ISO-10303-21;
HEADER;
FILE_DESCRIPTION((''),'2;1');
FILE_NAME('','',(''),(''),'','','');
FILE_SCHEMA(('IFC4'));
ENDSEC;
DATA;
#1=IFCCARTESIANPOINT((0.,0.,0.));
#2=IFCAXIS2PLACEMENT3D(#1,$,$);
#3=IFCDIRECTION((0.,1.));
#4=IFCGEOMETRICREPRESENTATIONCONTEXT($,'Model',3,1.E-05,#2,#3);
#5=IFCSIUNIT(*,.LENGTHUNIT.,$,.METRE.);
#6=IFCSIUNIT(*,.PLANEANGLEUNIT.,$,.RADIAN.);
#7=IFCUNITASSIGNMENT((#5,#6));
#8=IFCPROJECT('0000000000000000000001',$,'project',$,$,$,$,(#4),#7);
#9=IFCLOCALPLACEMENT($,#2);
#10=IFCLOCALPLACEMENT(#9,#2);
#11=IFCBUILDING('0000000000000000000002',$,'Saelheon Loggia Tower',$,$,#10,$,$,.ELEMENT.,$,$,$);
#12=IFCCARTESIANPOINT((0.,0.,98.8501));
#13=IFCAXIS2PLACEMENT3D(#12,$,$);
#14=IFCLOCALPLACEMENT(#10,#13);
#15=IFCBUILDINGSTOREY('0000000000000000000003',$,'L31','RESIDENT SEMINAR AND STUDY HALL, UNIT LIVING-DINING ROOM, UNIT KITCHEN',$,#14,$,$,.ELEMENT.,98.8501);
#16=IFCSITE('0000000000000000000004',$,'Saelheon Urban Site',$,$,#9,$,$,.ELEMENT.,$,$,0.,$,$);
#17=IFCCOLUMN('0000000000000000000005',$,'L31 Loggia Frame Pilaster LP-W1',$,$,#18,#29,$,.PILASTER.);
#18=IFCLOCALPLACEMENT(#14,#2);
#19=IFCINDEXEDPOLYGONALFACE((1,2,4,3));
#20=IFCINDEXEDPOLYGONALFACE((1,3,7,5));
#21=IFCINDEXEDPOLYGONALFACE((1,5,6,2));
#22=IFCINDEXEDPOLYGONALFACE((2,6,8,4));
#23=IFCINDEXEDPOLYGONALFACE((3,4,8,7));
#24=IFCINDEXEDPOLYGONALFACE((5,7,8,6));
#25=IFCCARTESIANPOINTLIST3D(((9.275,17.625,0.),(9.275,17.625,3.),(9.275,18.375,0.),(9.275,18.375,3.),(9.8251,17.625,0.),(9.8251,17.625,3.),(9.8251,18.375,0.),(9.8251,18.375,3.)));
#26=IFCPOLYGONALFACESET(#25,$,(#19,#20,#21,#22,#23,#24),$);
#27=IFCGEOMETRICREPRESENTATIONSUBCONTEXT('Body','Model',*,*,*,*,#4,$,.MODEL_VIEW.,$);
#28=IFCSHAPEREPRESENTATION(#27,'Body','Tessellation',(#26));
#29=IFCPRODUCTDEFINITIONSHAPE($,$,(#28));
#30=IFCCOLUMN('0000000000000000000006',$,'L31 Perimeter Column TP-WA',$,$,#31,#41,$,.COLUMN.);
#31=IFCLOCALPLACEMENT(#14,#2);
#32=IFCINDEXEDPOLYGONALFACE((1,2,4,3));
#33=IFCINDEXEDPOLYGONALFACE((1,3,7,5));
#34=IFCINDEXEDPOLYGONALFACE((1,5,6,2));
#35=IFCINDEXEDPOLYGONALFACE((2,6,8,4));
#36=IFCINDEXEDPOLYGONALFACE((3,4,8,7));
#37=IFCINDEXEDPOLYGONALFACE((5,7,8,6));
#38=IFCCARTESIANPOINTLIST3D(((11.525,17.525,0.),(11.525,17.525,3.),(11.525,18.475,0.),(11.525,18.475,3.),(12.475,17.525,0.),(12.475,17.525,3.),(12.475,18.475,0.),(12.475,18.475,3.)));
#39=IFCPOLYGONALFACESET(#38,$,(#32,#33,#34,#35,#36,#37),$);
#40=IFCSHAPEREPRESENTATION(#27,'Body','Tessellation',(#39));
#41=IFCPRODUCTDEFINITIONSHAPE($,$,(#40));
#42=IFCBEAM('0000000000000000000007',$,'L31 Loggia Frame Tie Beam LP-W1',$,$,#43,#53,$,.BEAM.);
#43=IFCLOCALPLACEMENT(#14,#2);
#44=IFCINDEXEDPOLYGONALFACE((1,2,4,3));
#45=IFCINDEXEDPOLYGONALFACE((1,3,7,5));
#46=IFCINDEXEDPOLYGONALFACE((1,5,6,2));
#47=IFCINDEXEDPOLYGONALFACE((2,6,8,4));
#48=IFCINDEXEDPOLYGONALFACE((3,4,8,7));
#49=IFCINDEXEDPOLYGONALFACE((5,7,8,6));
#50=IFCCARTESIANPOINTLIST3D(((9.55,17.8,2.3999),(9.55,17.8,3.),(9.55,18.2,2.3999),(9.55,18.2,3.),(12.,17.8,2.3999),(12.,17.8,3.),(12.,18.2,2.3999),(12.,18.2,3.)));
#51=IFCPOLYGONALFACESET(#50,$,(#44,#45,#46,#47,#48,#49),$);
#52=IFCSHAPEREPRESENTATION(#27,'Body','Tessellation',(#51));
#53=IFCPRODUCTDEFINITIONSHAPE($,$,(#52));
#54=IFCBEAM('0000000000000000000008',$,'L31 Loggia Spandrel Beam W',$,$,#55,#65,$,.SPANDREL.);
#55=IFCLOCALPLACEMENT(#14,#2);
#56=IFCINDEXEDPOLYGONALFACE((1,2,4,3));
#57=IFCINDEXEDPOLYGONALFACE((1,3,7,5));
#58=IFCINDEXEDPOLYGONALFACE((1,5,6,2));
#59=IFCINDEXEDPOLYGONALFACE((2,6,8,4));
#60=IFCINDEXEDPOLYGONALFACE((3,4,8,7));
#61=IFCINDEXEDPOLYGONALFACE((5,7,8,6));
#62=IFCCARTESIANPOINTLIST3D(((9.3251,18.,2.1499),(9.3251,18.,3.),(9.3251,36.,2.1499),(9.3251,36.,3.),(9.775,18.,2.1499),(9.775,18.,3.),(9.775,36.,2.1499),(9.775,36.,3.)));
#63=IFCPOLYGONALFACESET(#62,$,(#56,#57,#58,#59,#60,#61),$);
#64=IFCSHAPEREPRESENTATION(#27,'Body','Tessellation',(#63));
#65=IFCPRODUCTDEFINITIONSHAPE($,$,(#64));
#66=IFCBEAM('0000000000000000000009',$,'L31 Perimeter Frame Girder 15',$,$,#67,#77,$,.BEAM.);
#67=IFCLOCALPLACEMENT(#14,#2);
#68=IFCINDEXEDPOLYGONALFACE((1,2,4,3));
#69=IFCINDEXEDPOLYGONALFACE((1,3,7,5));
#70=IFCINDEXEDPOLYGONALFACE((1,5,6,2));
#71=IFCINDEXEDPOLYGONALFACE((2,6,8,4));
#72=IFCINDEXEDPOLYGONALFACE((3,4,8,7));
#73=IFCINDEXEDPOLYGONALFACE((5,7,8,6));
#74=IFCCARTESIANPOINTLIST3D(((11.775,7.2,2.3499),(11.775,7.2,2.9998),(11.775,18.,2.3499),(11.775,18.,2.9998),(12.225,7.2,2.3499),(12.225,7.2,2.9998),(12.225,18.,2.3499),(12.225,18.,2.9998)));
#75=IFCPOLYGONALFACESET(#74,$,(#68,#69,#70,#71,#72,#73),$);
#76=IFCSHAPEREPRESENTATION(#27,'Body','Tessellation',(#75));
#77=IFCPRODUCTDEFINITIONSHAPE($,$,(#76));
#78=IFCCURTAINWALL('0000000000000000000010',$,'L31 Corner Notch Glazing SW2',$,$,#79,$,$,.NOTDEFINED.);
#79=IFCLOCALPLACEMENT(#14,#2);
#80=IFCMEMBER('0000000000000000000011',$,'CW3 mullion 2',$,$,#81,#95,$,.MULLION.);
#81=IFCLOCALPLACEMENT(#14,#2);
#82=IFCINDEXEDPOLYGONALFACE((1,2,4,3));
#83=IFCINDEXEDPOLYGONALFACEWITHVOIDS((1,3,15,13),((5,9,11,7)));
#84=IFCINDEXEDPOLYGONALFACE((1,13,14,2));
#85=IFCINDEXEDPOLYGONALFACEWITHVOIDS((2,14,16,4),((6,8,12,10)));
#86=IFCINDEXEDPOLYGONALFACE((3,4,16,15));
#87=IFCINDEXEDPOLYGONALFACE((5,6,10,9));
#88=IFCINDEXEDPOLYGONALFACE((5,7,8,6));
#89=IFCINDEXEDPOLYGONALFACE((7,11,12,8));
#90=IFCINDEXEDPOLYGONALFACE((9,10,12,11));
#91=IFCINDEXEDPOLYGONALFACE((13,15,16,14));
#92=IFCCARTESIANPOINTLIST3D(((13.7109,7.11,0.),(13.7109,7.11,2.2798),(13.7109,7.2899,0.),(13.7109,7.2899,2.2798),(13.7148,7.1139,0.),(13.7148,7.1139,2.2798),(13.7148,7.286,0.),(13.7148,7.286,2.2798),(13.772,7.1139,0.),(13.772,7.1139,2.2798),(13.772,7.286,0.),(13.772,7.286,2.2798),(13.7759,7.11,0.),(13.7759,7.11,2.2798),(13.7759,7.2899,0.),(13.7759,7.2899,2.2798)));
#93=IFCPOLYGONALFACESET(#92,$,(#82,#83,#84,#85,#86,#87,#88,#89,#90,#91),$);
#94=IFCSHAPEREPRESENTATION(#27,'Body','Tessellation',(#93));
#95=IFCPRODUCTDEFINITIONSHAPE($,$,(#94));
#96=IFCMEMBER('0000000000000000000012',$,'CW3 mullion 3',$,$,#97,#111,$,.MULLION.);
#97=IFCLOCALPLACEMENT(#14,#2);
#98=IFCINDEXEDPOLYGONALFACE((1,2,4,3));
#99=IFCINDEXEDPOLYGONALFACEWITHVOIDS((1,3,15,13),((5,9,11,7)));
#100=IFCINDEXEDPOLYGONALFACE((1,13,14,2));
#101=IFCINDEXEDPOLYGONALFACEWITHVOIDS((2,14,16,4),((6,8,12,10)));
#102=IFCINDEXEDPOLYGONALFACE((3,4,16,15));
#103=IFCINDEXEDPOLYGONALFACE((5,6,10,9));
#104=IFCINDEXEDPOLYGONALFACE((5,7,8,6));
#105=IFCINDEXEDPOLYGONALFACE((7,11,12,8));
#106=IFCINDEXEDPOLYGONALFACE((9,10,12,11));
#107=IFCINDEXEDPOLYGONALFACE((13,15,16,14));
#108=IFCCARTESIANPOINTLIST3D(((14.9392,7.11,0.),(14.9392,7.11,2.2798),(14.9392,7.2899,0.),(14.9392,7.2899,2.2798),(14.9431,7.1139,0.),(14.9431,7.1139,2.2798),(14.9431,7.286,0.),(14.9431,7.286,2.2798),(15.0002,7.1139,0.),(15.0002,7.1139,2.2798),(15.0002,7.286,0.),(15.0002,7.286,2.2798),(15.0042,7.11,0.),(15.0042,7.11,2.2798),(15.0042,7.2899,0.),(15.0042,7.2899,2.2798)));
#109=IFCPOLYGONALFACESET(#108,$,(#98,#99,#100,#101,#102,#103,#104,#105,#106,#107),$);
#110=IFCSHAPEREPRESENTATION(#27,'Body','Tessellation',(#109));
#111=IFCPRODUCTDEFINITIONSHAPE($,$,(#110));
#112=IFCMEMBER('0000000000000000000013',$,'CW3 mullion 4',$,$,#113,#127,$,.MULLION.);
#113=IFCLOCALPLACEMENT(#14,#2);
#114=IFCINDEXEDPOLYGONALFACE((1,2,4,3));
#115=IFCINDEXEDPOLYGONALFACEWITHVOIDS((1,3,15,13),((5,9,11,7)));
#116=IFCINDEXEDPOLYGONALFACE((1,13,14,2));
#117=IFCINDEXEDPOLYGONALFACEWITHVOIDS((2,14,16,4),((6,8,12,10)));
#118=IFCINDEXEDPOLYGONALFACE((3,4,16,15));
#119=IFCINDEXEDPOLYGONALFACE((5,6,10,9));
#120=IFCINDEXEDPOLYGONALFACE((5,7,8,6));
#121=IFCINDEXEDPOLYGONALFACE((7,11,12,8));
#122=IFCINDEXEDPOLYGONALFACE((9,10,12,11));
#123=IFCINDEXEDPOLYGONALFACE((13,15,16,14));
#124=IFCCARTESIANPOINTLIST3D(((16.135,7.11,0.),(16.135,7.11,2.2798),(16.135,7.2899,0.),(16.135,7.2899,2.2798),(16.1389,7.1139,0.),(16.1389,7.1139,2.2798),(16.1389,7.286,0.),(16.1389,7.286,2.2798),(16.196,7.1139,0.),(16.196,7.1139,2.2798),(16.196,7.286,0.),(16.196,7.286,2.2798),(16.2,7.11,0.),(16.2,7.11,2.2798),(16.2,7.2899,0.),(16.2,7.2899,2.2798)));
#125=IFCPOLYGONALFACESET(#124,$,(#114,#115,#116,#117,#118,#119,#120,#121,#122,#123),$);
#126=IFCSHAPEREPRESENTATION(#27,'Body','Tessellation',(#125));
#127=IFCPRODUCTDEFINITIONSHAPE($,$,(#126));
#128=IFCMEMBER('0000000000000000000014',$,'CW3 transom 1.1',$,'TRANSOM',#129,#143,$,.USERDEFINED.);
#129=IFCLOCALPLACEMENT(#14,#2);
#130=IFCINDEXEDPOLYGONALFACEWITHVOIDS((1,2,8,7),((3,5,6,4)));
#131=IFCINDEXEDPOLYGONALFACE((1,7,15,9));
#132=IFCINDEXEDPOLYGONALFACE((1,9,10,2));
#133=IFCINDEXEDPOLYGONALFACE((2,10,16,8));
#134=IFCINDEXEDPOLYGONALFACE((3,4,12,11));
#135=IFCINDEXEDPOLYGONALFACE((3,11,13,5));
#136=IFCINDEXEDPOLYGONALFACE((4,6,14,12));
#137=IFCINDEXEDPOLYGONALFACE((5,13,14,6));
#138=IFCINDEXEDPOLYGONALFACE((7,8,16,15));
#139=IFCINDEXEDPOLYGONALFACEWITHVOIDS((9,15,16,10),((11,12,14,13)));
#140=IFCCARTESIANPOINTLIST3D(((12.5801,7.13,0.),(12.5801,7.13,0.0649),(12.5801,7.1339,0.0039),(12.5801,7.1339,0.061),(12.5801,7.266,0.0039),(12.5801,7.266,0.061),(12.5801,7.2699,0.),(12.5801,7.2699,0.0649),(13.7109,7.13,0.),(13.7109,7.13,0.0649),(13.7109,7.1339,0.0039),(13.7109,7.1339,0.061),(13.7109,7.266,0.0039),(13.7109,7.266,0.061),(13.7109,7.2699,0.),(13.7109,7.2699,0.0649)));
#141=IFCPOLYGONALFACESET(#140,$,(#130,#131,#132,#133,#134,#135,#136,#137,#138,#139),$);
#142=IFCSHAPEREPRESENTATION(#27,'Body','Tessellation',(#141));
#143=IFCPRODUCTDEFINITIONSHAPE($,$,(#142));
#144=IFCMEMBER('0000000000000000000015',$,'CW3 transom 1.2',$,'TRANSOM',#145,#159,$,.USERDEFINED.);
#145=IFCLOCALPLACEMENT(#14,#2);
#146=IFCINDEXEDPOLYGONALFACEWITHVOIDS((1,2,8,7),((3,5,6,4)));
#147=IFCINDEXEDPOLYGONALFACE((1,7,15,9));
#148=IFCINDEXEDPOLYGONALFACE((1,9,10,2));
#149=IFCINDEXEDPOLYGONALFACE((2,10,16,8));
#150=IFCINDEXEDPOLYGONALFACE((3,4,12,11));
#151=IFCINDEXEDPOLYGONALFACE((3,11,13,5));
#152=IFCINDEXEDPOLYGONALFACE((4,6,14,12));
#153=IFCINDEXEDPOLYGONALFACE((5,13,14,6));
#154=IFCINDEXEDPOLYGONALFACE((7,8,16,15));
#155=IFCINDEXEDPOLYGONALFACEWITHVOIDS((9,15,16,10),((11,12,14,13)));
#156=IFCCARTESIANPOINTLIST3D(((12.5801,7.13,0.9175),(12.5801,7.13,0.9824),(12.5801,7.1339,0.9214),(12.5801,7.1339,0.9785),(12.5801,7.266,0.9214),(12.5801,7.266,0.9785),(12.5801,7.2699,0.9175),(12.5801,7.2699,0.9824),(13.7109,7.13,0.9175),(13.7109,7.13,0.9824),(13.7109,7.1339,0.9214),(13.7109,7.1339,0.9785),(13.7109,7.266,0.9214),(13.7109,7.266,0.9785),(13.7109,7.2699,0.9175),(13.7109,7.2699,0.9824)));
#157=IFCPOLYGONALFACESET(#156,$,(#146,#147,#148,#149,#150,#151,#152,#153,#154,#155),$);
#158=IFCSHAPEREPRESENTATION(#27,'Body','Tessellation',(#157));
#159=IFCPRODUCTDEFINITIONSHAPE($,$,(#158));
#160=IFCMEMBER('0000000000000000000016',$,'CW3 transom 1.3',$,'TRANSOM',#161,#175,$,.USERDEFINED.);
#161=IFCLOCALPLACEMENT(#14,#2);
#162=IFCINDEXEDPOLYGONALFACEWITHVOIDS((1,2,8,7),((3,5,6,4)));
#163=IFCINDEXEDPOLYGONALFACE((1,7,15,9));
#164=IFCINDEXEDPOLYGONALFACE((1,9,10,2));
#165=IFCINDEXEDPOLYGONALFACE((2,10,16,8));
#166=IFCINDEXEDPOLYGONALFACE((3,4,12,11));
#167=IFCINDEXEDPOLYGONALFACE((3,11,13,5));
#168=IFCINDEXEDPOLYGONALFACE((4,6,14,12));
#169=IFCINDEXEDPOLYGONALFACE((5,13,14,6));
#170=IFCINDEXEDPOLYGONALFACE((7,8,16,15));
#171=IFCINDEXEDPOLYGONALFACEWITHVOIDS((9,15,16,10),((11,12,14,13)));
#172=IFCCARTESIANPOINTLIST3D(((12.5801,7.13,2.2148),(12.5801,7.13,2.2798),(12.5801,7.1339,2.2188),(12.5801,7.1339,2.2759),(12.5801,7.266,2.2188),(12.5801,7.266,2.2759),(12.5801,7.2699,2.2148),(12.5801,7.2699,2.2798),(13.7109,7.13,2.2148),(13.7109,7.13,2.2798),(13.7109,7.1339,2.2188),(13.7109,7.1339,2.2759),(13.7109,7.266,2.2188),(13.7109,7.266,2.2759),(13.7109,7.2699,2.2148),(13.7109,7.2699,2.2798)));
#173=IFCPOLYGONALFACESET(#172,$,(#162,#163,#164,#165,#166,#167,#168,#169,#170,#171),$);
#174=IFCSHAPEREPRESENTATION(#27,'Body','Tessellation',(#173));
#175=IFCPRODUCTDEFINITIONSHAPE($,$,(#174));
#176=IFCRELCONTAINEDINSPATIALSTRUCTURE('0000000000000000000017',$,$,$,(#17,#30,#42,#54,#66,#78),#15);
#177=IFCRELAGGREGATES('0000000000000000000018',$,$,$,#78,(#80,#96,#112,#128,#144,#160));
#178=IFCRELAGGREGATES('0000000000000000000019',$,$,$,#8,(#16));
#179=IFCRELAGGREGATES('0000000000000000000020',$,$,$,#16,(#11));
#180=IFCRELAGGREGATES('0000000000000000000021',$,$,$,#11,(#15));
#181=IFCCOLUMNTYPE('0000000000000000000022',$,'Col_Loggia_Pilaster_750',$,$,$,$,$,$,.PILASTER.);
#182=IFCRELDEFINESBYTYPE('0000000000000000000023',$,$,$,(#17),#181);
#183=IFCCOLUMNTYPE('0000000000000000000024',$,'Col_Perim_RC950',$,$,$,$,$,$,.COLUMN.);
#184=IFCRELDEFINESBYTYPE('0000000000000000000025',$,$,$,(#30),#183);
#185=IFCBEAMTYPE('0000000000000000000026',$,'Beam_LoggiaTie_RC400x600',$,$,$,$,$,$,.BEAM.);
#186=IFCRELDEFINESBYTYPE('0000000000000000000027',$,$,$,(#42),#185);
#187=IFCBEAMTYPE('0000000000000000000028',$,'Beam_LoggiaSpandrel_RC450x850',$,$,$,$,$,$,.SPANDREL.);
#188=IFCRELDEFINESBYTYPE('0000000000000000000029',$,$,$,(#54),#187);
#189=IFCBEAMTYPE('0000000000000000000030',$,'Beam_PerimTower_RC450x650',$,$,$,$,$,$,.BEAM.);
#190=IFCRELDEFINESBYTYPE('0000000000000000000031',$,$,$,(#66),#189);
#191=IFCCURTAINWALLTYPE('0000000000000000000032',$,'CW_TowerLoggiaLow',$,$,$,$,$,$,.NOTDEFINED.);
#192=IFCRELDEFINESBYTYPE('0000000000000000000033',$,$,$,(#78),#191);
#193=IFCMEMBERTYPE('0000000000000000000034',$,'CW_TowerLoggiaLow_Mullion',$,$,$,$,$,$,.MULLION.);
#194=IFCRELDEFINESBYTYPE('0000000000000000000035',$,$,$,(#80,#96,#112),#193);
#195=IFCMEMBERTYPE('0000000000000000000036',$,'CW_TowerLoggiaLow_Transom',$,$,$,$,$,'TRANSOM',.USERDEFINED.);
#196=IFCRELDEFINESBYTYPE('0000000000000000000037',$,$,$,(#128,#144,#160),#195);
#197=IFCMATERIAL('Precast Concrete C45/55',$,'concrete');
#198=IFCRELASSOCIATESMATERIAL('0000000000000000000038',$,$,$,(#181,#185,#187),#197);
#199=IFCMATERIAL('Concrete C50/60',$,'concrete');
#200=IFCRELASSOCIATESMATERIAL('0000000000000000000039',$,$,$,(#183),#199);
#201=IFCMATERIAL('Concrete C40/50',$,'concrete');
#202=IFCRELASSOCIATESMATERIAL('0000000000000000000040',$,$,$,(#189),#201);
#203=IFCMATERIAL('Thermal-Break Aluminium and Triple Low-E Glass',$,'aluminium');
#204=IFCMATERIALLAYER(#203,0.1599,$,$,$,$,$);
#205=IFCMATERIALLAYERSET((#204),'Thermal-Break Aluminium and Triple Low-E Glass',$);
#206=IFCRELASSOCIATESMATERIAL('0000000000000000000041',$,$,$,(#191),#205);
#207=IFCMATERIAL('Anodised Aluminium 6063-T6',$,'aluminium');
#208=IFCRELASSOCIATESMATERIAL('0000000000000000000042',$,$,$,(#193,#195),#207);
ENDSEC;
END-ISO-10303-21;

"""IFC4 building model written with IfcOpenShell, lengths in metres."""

from ifc_helpers import new_model, si_unit, direction, frame, origin, origin_2d, place, context, subcontext, project, spatial, rectangle, hollow_rectangle, extrude, source, transform, mapped, material, layer, layer_set, material_profile, profile_set, type_object, element, aggregate, save


model = new_model("IFC4")

# Units and contexts
model_context = context("Model", 3, precision=1e-05, world=origin(), true_north=direction((0.0, 1.0)))
body_context = subcontext(model_context, "Body", "Model", "MODEL_VIEW")
ifc_project = project(units=[si_unit("LENGTHUNIT", "METRE"), si_unit("PLANEANGLEUNIT", "RADIAN")], contexts=[model_context])

# Site, building, storey
site_placement = place(None, origin())
site = spatial("IfcSite", under=ifc_project, at=site_placement, Name="Saelheon Urban Site", CompositionType="ELEMENT", RefElevation=0.0)
building_placement = place(site_placement, origin())
building = spatial("IfcBuilding", under=site, at=building_placement, Name="Saelheon Loggia Tower", CompositionType="ELEMENT")
storey_placement = place(building_placement, frame((0.0, 0.0, 98.8501)))
storey = spatial("IfcBuildingStorey", under=building, at=storey_placement, Name="L31", Description="RESIDENT SEMINAR AND STUDY HALL, UNIT LIVING-DINING ROOM, UNIT KITCHEN", CompositionType="ELEMENT", Elevation=98.8501)

# Columns
ifc_material_1 = material(Name="Precast Concrete C45/55", Category="concrete")
ifc_material_profile_1 = material_profile(ifc_material_1, rectangle(XDim=0.55, YDim=0.75, at=origin_2d()), Name="RC-550x750")
ifc_profile_set_1 = profile_set([ifc_material_profile_1], Name="Precast Concrete C45/55")
column_type_1 = type_object("IfcColumnType", Name="Col_Loggia_Pilaster_750", PredefinedType="PILASTER", material=ifc_profile_set_1)
shared_shape_1 = source(origin(), body_context, "Body", "SweptSolid", [
    extrude(rectangle(XDim=0.55, YDim=0.75, at=origin_2d()), origin(), (0.0, 0.0, 1.0), 3.0),
])
column_1_placement = place(storey_placement, frame((9.55, 18.0, 0.0), z_axis=(0.0, 0.0, 1.0), x_axis=(1.0, 0.0, 0.0)))
element("IfcColumn", 1, at=column_1_placement, inside=storey, type_object=column_type_1, Name="L31 Loggia Frame Pilaster LP-W1", PredefinedType="PILASTER", context=body_context, shape_type="MappedRepresentation", body=[
    mapped(shared_shape_1, transform((0.0, 0.0, 0.0), scale=1.0)),
])
ifc_material_2 = material(Name="Concrete C50/60", Category="concrete")
ifc_material_profile_2 = material_profile(ifc_material_2, rectangle(XDim=0.95, YDim=0.95, at=origin_2d()), Name="RC-950x950")
ifc_profile_set_2 = profile_set([ifc_material_profile_2], Name="Concrete C50/60")
column_type_2 = type_object("IfcColumnType", Name="Col_Perim_RC950", PredefinedType="COLUMN", material=ifc_profile_set_2)
shared_shape_2 = source(origin(), body_context, "Body", "SweptSolid", [
    extrude(rectangle(XDim=0.95, YDim=0.95, at=origin_2d()), origin(), (0.0, 0.0, 1.0), 3.0),
])
column_2_placement = place(storey_placement, frame((12.0, 18.0, 0.0), z_axis=(0.0, 0.0, 1.0), x_axis=(1.0, 0.0, 0.0)))
element("IfcColumn", 2, at=column_2_placement, inside=storey, type_object=column_type_2, Name="L31 Perimeter Column TP-WA", PredefinedType="COLUMN", context=body_context, shape_type="MappedRepresentation", body=[
    mapped(shared_shape_2, transform((0.0, 0.0, 0.0), scale=1.0)),
])

# Beams
ifc_material_profile_3 = material_profile(ifc_material_1, rectangle(XDim=0.3999, YDim=0.6001, at=origin_2d()), Name="RC-400x600")
ifc_profile_set_3 = profile_set([ifc_material_profile_3], Name="Precast Concrete C45/55")
beam_type_1 = type_object("IfcBeamType", Name="Beam_LoggiaTie_RC400x600", PredefinedType="BEAM", material=ifc_profile_set_3)
shared_shape_3 = source(origin(), body_context, "Body", "SweptSolid", [
    extrude(rectangle(XDim=0.3999, YDim=0.6001, at=origin_2d()), origin(), (0.0, 0.0, 1.0), 2.45),
])
beam_1_placement = place(storey_placement, frame((12.0, 18.0, 2.7), z_axis=(-1.0, 0.0, 0.0), x_axis=(0.0, -1.0, 0.0)))
element("IfcBeam", 3, at=beam_1_placement, inside=storey, type_object=beam_type_1, Name="L31 Loggia Frame Tie Beam LP-W1", PredefinedType="BEAM", context=body_context, shape_type="MappedRepresentation", body=[
    mapped(shared_shape_3, transform((0.0, 0.0, 0.0), scale=1.0)),
])
ifc_material_profile_4 = material_profile(ifc_material_1, rectangle(XDim=0.45, YDim=0.8501, at=origin_2d()), Name="RC-450x850")
ifc_profile_set_4 = profile_set([ifc_material_profile_4], Name="Precast Concrete C45/55")
beam_type_2 = type_object("IfcBeamType", Name="Beam_LoggiaSpandrel_RC450x850", PredefinedType="SPANDREL", material=ifc_profile_set_4)
shared_shape_4 = source(origin(), body_context, "Body", "SweptSolid", [
    extrude(rectangle(XDim=0.45, YDim=0.8501, at=origin_2d()), origin(), (0.0, 0.0, 1.0), 18.0),
])
beam_2_placement = place(storey_placement, frame((9.55, 18.0, 2.575), z_axis=(0.0, 1.0, 0.0), x_axis=(-1.0, 0.0, 0.0)))
element("IfcBeam", 4, at=beam_2_placement, inside=storey, type_object=beam_type_2, Name="L31 Loggia Spandrel Beam W", PredefinedType="SPANDREL", context=body_context, shape_type="MappedRepresentation", body=[
    mapped(shared_shape_4, transform((0.0, 0.0, 0.0), scale=1.0)),
])
ifc_material_3 = material(Name="Concrete C40/50", Category="concrete")
ifc_material_profile_5 = material_profile(ifc_material_3, rectangle(XDim=0.45, YDim=0.6499, at=origin_2d()), Name="RC-450x650")
ifc_profile_set_5 = profile_set([ifc_material_profile_5], Name="Concrete C40/50")
beam_type_3 = type_object("IfcBeamType", Name="Beam_PerimTower_RC450x650", PredefinedType="BEAM", material=ifc_profile_set_5)
shared_shape_5 = source(origin(), body_context, "Body", "SweptSolid", [
    extrude(rectangle(XDim=0.45, YDim=0.6499, at=origin_2d()), origin(), (0.0, 0.0, 1.0), 10.8),
])
beam_3_placement = place(storey_placement, frame((12.0, 18.0, 2.6748), z_axis=(0.0, -1.0, 0.0), x_axis=(1.0, 0.0, 0.0)))
element("IfcBeam", 5, at=beam_3_placement, inside=storey, type_object=beam_type_3, Name="L31 Perimeter Frame Girder 15", PredefinedType="BEAM", context=body_context, shape_type="MappedRepresentation", body=[
    mapped(shared_shape_5, transform((0.0, 0.0, 0.0), scale=1.0)),
])

# Curtain wall, members
ifc_material_4 = material(Name="Thermal-Break Aluminium and Triple Low-E Glass", Category="aluminium")
ifc_layer_1 = layer(ifc_material_4, 0.1599)
ifc_layer_set_1 = layer_set([ifc_layer_1], Name="Thermal-Break Aluminium and Triple Low-E Glass")
curtain_wall_type = type_object("IfcCurtainWallType", Name="CW_TowerLoggiaLow", PredefinedType="NOTDEFINED", material=ifc_layer_set_1)
curtain_wall_placement = place(storey_placement, origin())
curtain_wall = element("IfcCurtainWall", 6, at=curtain_wall_placement, inside=storey, type_object=curtain_wall_type, Name="L31 Corner Notch Glazing SW2", PredefinedType="NOTDEFINED")
ifc_material_5 = material(Name="Anodised Aluminium 6063-T6", Category="aluminium")
ifc_material_profile_6 = material_profile(ifc_material_5, hollow_rectangle(XDim=0.0649, YDim=0.1799, WallThickness=0.0039, at=origin_2d()), Name="RHS-180x65x4")
ifc_profile_set_6 = profile_set([ifc_material_profile_6], Name="Anodised Aluminium 6063-T6")
member_type_1 = type_object("IfcMemberType", Name="CW_TowerLoggiaLow_Mullion", PredefinedType="MULLION", material=ifc_profile_set_6)
shared_shape_6 = source(origin(), body_context, "Body", "SweptSolid", [
    extrude(hollow_rectangle(XDim=0.0649, YDim=0.1799, WallThickness=0.0039, at=origin_2d()), origin(), (0.0, 0.0, 1.0), 2.2798),
])
member_1_placement = place(storey_placement, frame((13.7434, 7.2, 0.0), z_axis=(0.0, 0.0, 1.0), x_axis=(1.0, 0.0, 0.0)))
member_1 = element("IfcMember", 7, at=member_1_placement, type_object=member_type_1, Name="CW3 mullion 2", PredefinedType="MULLION", context=body_context, shape_type="MappedRepresentation", body=[
    mapped(shared_shape_6, transform((0.0, 0.0, 0.0), scale=1.0)),
])
member_2_placement = place(storey_placement, frame((14.9717, 7.2, 0.0), z_axis=(0.0, 0.0, 1.0), x_axis=(1.0, 0.0, 0.0)))
member_2 = element("IfcMember", 8, at=member_2_placement, type_object=member_type_1, Name="CW3 mullion 3", PredefinedType="MULLION", context=body_context, shape_type="MappedRepresentation", body=[
    mapped(shared_shape_6, transform((0.0, 0.0, 0.0), scale=1.0)),
])
member_3_placement = place(storey_placement, frame((16.1675, 7.2, 0.0), z_axis=(0.0, 0.0, 1.0), x_axis=(1.0, 0.0, 0.0)))
member_3 = element("IfcMember", 9, at=member_3_placement, type_object=member_type_1, Name="CW3 mullion 4", PredefinedType="MULLION", context=body_context, shape_type="MappedRepresentation", body=[
    mapped(shared_shape_6, transform((0.0, 0.0, 0.0), scale=1.0)),
])
ifc_material_profile_7 = material_profile(ifc_material_5, hollow_rectangle(XDim=0.0649, YDim=0.1399, WallThickness=0.0039, at=origin_2d()), Name="RHS-140x65x4")
ifc_profile_set_7 = profile_set([ifc_material_profile_7], Name="Anodised Aluminium 6063-T6")
member_type_2 = type_object("IfcMemberType", Name="CW_TowerLoggiaLow_Transom", ElementType="TRANSOM", PredefinedType="USERDEFINED", material=ifc_profile_set_7)
shared_shape_7 = source(origin(), body_context, "Body", "SweptSolid", [
    extrude(hollow_rectangle(XDim=0.0649, YDim=0.1399, WallThickness=0.0039, at=origin_2d()), origin(), (0.0, 0.0, 1.0), 1.1309),
])
member_4_placement = place(storey_placement, frame((12.5801, 7.2, 0.0325), z_axis=(1.0, 0.0, 0.0), x_axis=(0.0, 0.0, 1.0)))
member_4 = element("IfcMember", 10, at=member_4_placement, type_object=member_type_2, Name="CW3 transom 1.1", ObjectType="TRANSOM", PredefinedType="USERDEFINED", context=body_context, shape_type="MappedRepresentation", body=[
    mapped(shared_shape_7, transform((0.0, 0.0, 0.0), scale=1.0)),
])
member_5_placement = place(storey_placement, frame((12.5801, 7.2, 0.95), z_axis=(1.0, 0.0, 0.0), x_axis=(0.0, 0.0, 1.0)))
member_5 = element("IfcMember", 11, at=member_5_placement, type_object=member_type_2, Name="CW3 transom 1.2", ObjectType="TRANSOM", PredefinedType="USERDEFINED", context=body_context, shape_type="MappedRepresentation", body=[
    mapped(shared_shape_7, transform((0.0, 0.0, 0.0), scale=1.0)),
])
member_6_placement = place(storey_placement, frame((12.5801, 7.2, 2.2473), z_axis=(1.0, 0.0, 0.0), x_axis=(0.0, 0.0, 1.0)))
member_6 = element("IfcMember", 12, at=member_6_placement, type_object=member_type_2, Name="CW3 transom 1.3", ObjectType="TRANSOM", PredefinedType="USERDEFINED", context=body_context, shape_type="MappedRepresentation", body=[
    mapped(shared_shape_7, transform((0.0, 0.0, 0.0), scale=1.0)),
])
aggregate(curtain_wall, [member_1, member_2, member_3, member_4, member_5, member_6])

save(model, "model.ifc")
